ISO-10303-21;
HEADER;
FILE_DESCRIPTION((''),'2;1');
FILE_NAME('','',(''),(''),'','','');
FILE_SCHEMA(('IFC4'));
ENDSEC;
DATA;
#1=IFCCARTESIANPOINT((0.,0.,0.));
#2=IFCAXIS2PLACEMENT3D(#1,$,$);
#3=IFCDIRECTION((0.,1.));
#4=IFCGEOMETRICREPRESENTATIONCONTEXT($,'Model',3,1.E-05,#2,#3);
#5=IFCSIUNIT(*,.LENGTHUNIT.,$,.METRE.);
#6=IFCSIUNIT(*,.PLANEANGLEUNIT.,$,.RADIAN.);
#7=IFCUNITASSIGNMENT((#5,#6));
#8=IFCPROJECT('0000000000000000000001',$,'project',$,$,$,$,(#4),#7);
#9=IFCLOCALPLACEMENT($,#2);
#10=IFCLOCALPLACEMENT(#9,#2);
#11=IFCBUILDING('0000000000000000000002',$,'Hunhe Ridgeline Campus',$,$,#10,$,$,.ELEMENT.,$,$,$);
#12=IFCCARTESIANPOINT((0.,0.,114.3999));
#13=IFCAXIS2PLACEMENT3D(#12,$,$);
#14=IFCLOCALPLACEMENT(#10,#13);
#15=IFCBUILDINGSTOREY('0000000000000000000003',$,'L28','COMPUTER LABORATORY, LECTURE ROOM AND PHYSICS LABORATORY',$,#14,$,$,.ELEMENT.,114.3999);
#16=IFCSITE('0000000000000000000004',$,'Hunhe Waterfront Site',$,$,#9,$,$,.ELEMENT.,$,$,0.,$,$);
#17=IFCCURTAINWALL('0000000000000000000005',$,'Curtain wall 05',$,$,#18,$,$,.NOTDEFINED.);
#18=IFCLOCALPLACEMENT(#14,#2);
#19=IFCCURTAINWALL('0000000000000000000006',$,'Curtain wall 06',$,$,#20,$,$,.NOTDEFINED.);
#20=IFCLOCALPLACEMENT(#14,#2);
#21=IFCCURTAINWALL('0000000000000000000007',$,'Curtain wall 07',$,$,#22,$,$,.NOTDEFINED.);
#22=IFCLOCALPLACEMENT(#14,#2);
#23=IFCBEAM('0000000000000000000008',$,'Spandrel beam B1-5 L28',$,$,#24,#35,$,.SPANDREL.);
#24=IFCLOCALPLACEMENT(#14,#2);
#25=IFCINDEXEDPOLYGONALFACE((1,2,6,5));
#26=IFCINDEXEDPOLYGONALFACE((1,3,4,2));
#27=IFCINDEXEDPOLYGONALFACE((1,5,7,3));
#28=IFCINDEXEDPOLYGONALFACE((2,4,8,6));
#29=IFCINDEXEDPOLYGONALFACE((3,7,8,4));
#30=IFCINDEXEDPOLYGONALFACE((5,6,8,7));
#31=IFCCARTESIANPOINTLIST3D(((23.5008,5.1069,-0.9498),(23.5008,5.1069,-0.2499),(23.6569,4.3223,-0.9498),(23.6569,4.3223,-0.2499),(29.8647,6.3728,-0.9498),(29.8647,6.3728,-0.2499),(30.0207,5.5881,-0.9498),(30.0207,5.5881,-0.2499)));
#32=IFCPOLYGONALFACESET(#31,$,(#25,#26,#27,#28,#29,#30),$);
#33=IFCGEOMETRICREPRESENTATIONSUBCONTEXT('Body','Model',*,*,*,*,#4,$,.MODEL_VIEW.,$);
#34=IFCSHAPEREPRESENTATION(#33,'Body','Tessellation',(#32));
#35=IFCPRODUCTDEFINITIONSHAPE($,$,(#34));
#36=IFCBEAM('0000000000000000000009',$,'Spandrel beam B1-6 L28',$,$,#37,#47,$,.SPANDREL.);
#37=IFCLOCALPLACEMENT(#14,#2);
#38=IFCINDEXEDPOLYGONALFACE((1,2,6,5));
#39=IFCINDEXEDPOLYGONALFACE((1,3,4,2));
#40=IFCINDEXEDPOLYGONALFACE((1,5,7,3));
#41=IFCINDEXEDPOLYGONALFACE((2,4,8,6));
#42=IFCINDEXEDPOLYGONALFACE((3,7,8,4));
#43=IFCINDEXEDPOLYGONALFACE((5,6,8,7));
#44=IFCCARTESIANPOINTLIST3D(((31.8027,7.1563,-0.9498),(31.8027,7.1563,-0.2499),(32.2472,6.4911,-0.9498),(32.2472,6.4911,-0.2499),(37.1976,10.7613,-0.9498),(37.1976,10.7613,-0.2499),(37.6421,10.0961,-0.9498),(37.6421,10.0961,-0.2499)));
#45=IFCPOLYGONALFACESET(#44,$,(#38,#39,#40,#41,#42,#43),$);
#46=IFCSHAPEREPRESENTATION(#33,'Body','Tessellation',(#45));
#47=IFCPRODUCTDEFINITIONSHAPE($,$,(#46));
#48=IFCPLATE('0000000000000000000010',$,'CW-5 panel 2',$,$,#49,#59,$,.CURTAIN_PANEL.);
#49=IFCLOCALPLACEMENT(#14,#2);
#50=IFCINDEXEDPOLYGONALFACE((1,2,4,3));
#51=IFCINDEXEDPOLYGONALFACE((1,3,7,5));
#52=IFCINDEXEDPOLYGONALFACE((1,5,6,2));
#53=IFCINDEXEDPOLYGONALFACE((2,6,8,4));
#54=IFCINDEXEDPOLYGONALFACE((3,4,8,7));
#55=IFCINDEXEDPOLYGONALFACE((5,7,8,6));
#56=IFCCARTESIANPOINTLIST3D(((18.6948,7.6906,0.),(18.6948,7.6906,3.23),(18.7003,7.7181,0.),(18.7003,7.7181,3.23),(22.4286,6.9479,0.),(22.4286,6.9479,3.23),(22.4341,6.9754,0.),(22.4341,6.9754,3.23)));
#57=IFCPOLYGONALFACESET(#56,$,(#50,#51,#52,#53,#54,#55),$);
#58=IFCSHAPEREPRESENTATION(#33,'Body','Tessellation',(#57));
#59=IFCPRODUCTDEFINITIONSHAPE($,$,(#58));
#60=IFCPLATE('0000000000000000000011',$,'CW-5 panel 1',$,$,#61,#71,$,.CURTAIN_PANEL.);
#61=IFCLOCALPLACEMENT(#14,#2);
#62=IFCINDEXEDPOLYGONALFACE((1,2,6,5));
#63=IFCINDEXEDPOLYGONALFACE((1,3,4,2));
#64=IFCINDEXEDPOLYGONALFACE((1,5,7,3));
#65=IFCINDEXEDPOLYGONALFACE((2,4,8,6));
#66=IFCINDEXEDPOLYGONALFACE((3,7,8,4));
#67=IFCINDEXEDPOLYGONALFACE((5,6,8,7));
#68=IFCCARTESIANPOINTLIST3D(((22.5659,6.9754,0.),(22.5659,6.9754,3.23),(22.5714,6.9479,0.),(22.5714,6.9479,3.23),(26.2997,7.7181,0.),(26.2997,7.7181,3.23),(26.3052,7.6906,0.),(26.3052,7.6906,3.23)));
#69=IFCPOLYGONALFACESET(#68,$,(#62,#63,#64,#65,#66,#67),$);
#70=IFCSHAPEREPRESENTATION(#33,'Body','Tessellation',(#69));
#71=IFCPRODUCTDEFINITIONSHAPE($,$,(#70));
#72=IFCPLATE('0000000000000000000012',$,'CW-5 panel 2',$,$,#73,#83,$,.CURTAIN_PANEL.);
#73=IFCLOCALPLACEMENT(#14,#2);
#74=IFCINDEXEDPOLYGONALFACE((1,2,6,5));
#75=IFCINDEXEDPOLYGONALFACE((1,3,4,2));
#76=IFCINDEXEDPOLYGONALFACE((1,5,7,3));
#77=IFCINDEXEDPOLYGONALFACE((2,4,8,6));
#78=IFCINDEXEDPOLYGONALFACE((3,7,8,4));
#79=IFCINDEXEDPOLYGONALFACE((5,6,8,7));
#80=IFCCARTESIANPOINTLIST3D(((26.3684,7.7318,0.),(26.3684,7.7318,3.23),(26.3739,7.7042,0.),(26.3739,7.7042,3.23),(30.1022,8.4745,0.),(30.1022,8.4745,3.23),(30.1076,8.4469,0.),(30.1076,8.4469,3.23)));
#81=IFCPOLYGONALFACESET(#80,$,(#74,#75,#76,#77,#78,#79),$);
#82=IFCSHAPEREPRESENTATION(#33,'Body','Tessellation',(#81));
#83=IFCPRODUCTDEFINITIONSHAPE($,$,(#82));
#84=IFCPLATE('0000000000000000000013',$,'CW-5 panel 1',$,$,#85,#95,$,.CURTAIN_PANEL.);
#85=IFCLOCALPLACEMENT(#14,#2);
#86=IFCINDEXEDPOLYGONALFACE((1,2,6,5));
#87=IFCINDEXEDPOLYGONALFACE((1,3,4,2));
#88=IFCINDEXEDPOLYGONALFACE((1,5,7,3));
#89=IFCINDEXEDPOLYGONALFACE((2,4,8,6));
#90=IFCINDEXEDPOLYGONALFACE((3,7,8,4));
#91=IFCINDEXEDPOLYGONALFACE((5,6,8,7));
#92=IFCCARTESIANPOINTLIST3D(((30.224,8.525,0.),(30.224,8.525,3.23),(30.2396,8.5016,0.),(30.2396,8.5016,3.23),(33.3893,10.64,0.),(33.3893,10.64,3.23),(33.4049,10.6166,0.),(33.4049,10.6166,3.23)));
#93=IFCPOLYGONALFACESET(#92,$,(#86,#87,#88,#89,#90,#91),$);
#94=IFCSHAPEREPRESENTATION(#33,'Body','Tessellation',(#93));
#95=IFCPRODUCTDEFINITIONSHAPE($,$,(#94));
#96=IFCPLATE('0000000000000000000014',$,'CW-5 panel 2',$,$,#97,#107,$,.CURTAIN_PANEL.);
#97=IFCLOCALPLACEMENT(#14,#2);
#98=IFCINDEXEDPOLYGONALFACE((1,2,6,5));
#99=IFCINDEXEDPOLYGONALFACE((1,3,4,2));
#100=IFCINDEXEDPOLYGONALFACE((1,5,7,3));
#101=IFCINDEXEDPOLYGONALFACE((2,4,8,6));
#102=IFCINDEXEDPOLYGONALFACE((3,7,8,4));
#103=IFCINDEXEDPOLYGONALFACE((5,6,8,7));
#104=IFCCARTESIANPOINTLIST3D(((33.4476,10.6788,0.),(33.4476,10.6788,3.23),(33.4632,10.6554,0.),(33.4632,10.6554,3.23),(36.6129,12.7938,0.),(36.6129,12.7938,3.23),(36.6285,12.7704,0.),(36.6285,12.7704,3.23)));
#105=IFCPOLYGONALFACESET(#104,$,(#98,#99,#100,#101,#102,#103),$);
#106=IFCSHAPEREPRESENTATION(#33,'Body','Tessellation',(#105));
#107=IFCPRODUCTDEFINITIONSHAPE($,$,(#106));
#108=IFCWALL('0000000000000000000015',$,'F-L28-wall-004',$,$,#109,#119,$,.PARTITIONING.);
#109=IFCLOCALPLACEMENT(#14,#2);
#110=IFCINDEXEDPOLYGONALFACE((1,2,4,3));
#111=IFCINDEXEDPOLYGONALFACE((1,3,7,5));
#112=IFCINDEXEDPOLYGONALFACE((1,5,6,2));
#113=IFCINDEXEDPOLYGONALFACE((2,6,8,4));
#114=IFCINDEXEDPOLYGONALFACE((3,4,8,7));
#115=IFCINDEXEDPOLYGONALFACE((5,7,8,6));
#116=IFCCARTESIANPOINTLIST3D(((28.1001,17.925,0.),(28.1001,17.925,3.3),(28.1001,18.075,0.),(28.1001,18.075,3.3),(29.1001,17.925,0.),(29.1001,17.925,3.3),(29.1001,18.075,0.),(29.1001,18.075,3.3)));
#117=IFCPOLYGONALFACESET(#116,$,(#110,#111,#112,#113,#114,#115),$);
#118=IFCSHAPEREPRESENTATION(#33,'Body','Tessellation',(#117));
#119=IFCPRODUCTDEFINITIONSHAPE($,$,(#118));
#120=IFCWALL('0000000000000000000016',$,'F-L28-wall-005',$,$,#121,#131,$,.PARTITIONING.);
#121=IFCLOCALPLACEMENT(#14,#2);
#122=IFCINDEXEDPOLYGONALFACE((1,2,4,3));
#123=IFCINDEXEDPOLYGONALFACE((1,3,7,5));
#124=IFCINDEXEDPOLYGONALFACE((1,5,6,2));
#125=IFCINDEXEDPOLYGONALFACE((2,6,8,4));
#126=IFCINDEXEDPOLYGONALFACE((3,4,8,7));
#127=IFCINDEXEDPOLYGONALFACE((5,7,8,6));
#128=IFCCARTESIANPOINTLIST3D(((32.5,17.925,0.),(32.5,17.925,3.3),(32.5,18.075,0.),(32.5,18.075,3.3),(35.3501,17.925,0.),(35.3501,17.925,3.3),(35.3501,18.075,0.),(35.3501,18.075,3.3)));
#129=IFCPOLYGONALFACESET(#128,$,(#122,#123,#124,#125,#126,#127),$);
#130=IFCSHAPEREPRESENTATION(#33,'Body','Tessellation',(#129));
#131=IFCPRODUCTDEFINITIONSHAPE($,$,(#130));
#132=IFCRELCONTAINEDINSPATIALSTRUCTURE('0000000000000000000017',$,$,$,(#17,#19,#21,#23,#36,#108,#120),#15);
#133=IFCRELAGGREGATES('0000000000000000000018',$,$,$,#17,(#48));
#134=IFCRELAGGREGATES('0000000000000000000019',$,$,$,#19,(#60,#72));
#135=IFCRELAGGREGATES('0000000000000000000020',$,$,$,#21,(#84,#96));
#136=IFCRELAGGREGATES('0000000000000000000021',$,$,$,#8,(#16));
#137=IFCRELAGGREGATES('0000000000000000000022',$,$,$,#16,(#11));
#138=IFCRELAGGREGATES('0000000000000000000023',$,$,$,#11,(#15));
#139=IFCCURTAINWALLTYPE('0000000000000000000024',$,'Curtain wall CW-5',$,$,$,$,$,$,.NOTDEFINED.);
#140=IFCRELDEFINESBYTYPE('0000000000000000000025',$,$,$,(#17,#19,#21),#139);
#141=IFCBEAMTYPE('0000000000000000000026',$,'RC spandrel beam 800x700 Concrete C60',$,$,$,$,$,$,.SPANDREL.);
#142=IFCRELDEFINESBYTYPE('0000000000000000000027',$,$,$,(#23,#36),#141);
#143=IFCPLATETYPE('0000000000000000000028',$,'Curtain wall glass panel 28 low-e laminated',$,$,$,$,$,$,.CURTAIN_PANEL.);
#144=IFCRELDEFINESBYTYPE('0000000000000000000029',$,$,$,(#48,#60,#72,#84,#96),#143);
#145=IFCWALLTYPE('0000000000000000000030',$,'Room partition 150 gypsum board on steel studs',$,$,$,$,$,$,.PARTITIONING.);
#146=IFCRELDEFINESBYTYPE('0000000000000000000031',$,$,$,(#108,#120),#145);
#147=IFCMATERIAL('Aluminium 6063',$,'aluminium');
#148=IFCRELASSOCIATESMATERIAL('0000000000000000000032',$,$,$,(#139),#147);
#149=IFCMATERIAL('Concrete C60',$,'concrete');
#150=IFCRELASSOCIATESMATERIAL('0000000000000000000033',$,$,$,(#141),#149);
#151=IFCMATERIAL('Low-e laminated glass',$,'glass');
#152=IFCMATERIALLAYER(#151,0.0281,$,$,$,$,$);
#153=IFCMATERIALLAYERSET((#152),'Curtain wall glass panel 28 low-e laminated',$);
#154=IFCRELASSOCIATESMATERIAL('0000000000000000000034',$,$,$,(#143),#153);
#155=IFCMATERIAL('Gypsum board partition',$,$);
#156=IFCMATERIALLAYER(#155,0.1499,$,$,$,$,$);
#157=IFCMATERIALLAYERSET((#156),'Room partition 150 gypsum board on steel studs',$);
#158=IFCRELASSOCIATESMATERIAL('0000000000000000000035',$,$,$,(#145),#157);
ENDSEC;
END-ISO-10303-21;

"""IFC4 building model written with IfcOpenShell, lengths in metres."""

from ifc_helpers import new_model, si_unit, direction, frame, frame_2d, origin, origin_2d, place, context, subcontext, project, spatial, rectangle, extrude, material, layer, layer_set, material_profile, profile_set, type_object, element, aggregate, save


model = new_model("IFC4")

# Units and contexts
model_context = context("Model", 3, precision=1e-05, world=origin(), true_north=direction((0.0, 1.0)))
body_context = subcontext(model_context, "Body", "Model", "MODEL_VIEW")
ifc_project = project(units=[si_unit("LENGTHUNIT", "METRE"), si_unit("PLANEANGLEUNIT", "RADIAN")], contexts=[model_context])

# Site, building, storey
site_placement = place(None, origin())
site = spatial("IfcSite", under=ifc_project, at=site_placement, Name="Hunhe Waterfront Site", CompositionType="ELEMENT", RefElevation=0.0)
building_placement = place(site_placement, origin())
building = spatial("IfcBuilding", under=site, at=building_placement, Name="Hunhe Ridgeline Campus", CompositionType="ELEMENT")
storey_placement = place(building_placement, frame((0.0, 0.0, 114.3999)))
storey = spatial("IfcBuildingStorey", under=building, at=storey_placement, Name="L28", Description="COMPUTER LABORATORY, LECTURE ROOM AND PHYSICS LABORATORY", CompositionType="ELEMENT", Elevation=114.3999)

# Curtain wall
ifc_material_1 = material(Name="Aluminium 6063", Category="aluminium")
curtain_wall_type = type_object("IfcCurtainWallType", Name="Curtain wall CW-5", PredefinedType="NOTDEFINED", material=ifc_material_1)
curtain_wall_1_placement = place(storey_placement, origin())
curtain_wall_1 = element("IfcCurtainWall", 1, at=curtain_wall_1_placement, inside=storey, type_object=curtain_wall_type, Name="Curtain wall 05", PredefinedType="NOTDEFINED")

# Curtain walls
curtain_wall_2_placement = place(storey_placement, origin())
curtain_wall_2 = element("IfcCurtainWall", 2, at=curtain_wall_2_placement, inside=storey, type_object=curtain_wall_type, Name="Curtain wall 06", PredefinedType="NOTDEFINED")
curtain_wall_3_placement = place(storey_placement, origin())
curtain_wall_3 = element("IfcCurtainWall", 3, at=curtain_wall_3_placement, inside=storey, type_object=curtain_wall_type, Name="Curtain wall 07", PredefinedType="NOTDEFINED")

# Beams
ifc_material_2 = material(Name="Concrete C60", Category="concrete")
ifc_material_profile_1 = material_profile(ifc_material_2, rectangle(XDim=0.8, YDim=0.7, at=origin_2d()))
ifc_profile_set_1 = profile_set([ifc_material_profile_1], Name="Concrete C60")
beam_type = type_object("IfcBeamType", Name="RC spandrel beam 800x700 Concrete C60", PredefinedType="SPANDREL", material=ifc_profile_set_1)
for number, where, z_axis, x_axis, name in (
    (4, (23.5789, 4.7146, -0.5999), (0.980784, 0.195096, 0.0), (-0.195096, 0.980784, 0.0), "Spandrel beam B1-5 L28"),
    (5, (32.0249, 6.8237, -0.5999), (0.831459, 0.555586, 0.0), (-0.555586, 0.831459, 0.0), "Spandrel beam B1-6 L28"),
):
    element("IfcBeam", number, at=place(storey_placement, frame(where, z_axis=z_axis, x_axis=x_axis)), inside=storey, type_object=beam_type, Name=name, PredefinedType="SPANDREL", context=body_context, shape_type="SweptSolid", body=[
        extrude(rectangle(XDim=0.8, YDim=0.7, at=origin_2d()), origin(), (0.0, 0.0, 1.0), 6.4885),
    ])

# Plates
ifc_material_3 = material(Name="Low-e laminated glass", Category="glass")
ifc_layer_1 = layer(ifc_material_3, 0.0281)
ifc_layer_set_1 = layer_set([ifc_layer_1], Name="Curtain wall glass panel 28 low-e laminated")
plate_type = type_object("IfcPlateType", Name="Curtain wall glass panel 28 low-e laminated", PredefinedType="CURTAIN_PANEL", material=ifc_layer_set_1)
plate_1_placement = place(storey_placement, frame((20.5645, 7.333, 0.0), z_axis=(0.0, 0.0, 1.0), x_axis=(0.980785, -0.19509, 0.0)))
plate_1 = element("IfcPlate", 6, at=plate_1_placement, type_object=plate_type, Name="CW-5 panel 2", PredefinedType="CURTAIN_PANEL", context=body_context, shape_type="SweptSolid", body=[
    extrude(rectangle(XDim=3.8069, YDim=0.0281, at=origin_2d()), origin(), (0.0, 0.0, 1.0), 3.23),
])
aggregate(curtain_wall_1, [plate_1])
plate_2_placement = place(storey_placement, frame((24.4355, 7.333, 0.0), z_axis=(0.0, 0.0, 1.0), x_axis=(0.980785, 0.19509, 0.0)))
plate_2 = element("IfcPlate", 7, at=plate_2_placement, type_object=plate_type, Name="CW-5 panel 1", PredefinedType="CURTAIN_PANEL", context=body_context, shape_type="SweptSolid", body=[
    extrude(rectangle(XDim=3.8069, YDim=0.0281, at=origin_2d()), origin(), (0.0, 0.0, 1.0), 3.23),
])
plate_3_placement = place(storey_placement, frame((28.238, 8.0894, 0.0), z_axis=(0.0, 0.0, 1.0), x_axis=(0.980785, 0.19509, 0.0)))
plate_3 = element("IfcPlate", 8, at=plate_3_placement, type_object=plate_type, Name="CW-5 panel 2", PredefinedType="CURTAIN_PANEL", context=body_context, shape_type="SweptSolid", body=[
    extrude(rectangle(XDim=3.8069, YDim=0.0281, at=origin_2d()), origin(), (0.0, 0.0, 1.0), 3.23),
])
aggregate(curtain_wall_2, [plate_2, plate_3])
plate_4_placement = place(storey_placement, frame((31.8145, 9.5708, 0.0), z_axis=(0.0, 0.0, 1.0), x_axis=(0.83147, 0.55557, 0.0)))
plate_4 = element("IfcPlate", 9, at=plate_4_placement, type_object=plate_type, Name="CW-5 panel 1", PredefinedType="CURTAIN_PANEL", context=body_context, shape_type="SweptSolid", body=[
    extrude(rectangle(XDim=3.8069, YDim=0.0281, at=origin_2d()), origin(), (0.0, 0.0, 1.0), 3.23),
])
plate_5_placement = place(storey_placement, frame((35.0381, 11.7246, 0.0), z_axis=(0.0, 0.0, 1.0), x_axis=(0.83147, 0.55557, 0.0)))
plate_5 = element("IfcPlate", 10, at=plate_5_placement, type_object=plate_type, Name="CW-5 panel 2", PredefinedType="CURTAIN_PANEL", context=body_context, shape_type="SweptSolid", body=[
    extrude(rectangle(XDim=3.8069, YDim=0.0281, at=origin_2d()), origin(), (0.0, 0.0, 1.0), 3.23),
])
aggregate(curtain_wall_3, [plate_4, plate_5])

# Shared definitions
ifc_material_4 = material(Name="Gypsum board partition")

# Walls
ifc_layer_2 = layer(ifc_material_4, 0.1499)
ifc_layer_set_2 = layer_set([ifc_layer_2], Name="Room partition 150 gypsum board on steel studs")
wall_type_1 = type_object("IfcWallType", Name="Room partition 150 gypsum board on steel studs", PredefinedType="PARTITIONING", material=ifc_layer_set_2)
wall_1_placement = place(storey_placement, frame((28.1001, 18.0, 0.0), z_axis=(0.0, 0.0, 1.0), x_axis=(1.0, 0.0, 0.0)))
element("IfcWall", 11, at=wall_1_placement, inside=storey, type_object=wall_type_1, Name="F-L28-wall-004", PredefinedType="PARTITIONING", context=body_context, shape_type="SweptSolid", body=[
    extrude(rectangle(XDim=1.0, YDim=0.1499, at=frame_2d((0.5, 0.0))), origin(), (0.0, 0.0, 1.0), 3.3),
])
wall_2_placement = place(storey_placement, frame((32.5, 18.0, 0.0), z_axis=(0.0, 0.0, 1.0), x_axis=(1.0, 0.0, 0.0)))
element("IfcWall", 12, at=wall_2_placement, inside=storey, type_object=wall_type_1, Name="F-L28-wall-005", PredefinedType="PARTITIONING", context=body_context, shape_type="SweptSolid", body=[
    extrude(rectangle(XDim=2.8501, YDim=0.1499, at=frame_2d((1.425, 0.0))), origin(), (0.0, 0.0, 1.0), 3.3),
])

save(model, "model.ifc")
